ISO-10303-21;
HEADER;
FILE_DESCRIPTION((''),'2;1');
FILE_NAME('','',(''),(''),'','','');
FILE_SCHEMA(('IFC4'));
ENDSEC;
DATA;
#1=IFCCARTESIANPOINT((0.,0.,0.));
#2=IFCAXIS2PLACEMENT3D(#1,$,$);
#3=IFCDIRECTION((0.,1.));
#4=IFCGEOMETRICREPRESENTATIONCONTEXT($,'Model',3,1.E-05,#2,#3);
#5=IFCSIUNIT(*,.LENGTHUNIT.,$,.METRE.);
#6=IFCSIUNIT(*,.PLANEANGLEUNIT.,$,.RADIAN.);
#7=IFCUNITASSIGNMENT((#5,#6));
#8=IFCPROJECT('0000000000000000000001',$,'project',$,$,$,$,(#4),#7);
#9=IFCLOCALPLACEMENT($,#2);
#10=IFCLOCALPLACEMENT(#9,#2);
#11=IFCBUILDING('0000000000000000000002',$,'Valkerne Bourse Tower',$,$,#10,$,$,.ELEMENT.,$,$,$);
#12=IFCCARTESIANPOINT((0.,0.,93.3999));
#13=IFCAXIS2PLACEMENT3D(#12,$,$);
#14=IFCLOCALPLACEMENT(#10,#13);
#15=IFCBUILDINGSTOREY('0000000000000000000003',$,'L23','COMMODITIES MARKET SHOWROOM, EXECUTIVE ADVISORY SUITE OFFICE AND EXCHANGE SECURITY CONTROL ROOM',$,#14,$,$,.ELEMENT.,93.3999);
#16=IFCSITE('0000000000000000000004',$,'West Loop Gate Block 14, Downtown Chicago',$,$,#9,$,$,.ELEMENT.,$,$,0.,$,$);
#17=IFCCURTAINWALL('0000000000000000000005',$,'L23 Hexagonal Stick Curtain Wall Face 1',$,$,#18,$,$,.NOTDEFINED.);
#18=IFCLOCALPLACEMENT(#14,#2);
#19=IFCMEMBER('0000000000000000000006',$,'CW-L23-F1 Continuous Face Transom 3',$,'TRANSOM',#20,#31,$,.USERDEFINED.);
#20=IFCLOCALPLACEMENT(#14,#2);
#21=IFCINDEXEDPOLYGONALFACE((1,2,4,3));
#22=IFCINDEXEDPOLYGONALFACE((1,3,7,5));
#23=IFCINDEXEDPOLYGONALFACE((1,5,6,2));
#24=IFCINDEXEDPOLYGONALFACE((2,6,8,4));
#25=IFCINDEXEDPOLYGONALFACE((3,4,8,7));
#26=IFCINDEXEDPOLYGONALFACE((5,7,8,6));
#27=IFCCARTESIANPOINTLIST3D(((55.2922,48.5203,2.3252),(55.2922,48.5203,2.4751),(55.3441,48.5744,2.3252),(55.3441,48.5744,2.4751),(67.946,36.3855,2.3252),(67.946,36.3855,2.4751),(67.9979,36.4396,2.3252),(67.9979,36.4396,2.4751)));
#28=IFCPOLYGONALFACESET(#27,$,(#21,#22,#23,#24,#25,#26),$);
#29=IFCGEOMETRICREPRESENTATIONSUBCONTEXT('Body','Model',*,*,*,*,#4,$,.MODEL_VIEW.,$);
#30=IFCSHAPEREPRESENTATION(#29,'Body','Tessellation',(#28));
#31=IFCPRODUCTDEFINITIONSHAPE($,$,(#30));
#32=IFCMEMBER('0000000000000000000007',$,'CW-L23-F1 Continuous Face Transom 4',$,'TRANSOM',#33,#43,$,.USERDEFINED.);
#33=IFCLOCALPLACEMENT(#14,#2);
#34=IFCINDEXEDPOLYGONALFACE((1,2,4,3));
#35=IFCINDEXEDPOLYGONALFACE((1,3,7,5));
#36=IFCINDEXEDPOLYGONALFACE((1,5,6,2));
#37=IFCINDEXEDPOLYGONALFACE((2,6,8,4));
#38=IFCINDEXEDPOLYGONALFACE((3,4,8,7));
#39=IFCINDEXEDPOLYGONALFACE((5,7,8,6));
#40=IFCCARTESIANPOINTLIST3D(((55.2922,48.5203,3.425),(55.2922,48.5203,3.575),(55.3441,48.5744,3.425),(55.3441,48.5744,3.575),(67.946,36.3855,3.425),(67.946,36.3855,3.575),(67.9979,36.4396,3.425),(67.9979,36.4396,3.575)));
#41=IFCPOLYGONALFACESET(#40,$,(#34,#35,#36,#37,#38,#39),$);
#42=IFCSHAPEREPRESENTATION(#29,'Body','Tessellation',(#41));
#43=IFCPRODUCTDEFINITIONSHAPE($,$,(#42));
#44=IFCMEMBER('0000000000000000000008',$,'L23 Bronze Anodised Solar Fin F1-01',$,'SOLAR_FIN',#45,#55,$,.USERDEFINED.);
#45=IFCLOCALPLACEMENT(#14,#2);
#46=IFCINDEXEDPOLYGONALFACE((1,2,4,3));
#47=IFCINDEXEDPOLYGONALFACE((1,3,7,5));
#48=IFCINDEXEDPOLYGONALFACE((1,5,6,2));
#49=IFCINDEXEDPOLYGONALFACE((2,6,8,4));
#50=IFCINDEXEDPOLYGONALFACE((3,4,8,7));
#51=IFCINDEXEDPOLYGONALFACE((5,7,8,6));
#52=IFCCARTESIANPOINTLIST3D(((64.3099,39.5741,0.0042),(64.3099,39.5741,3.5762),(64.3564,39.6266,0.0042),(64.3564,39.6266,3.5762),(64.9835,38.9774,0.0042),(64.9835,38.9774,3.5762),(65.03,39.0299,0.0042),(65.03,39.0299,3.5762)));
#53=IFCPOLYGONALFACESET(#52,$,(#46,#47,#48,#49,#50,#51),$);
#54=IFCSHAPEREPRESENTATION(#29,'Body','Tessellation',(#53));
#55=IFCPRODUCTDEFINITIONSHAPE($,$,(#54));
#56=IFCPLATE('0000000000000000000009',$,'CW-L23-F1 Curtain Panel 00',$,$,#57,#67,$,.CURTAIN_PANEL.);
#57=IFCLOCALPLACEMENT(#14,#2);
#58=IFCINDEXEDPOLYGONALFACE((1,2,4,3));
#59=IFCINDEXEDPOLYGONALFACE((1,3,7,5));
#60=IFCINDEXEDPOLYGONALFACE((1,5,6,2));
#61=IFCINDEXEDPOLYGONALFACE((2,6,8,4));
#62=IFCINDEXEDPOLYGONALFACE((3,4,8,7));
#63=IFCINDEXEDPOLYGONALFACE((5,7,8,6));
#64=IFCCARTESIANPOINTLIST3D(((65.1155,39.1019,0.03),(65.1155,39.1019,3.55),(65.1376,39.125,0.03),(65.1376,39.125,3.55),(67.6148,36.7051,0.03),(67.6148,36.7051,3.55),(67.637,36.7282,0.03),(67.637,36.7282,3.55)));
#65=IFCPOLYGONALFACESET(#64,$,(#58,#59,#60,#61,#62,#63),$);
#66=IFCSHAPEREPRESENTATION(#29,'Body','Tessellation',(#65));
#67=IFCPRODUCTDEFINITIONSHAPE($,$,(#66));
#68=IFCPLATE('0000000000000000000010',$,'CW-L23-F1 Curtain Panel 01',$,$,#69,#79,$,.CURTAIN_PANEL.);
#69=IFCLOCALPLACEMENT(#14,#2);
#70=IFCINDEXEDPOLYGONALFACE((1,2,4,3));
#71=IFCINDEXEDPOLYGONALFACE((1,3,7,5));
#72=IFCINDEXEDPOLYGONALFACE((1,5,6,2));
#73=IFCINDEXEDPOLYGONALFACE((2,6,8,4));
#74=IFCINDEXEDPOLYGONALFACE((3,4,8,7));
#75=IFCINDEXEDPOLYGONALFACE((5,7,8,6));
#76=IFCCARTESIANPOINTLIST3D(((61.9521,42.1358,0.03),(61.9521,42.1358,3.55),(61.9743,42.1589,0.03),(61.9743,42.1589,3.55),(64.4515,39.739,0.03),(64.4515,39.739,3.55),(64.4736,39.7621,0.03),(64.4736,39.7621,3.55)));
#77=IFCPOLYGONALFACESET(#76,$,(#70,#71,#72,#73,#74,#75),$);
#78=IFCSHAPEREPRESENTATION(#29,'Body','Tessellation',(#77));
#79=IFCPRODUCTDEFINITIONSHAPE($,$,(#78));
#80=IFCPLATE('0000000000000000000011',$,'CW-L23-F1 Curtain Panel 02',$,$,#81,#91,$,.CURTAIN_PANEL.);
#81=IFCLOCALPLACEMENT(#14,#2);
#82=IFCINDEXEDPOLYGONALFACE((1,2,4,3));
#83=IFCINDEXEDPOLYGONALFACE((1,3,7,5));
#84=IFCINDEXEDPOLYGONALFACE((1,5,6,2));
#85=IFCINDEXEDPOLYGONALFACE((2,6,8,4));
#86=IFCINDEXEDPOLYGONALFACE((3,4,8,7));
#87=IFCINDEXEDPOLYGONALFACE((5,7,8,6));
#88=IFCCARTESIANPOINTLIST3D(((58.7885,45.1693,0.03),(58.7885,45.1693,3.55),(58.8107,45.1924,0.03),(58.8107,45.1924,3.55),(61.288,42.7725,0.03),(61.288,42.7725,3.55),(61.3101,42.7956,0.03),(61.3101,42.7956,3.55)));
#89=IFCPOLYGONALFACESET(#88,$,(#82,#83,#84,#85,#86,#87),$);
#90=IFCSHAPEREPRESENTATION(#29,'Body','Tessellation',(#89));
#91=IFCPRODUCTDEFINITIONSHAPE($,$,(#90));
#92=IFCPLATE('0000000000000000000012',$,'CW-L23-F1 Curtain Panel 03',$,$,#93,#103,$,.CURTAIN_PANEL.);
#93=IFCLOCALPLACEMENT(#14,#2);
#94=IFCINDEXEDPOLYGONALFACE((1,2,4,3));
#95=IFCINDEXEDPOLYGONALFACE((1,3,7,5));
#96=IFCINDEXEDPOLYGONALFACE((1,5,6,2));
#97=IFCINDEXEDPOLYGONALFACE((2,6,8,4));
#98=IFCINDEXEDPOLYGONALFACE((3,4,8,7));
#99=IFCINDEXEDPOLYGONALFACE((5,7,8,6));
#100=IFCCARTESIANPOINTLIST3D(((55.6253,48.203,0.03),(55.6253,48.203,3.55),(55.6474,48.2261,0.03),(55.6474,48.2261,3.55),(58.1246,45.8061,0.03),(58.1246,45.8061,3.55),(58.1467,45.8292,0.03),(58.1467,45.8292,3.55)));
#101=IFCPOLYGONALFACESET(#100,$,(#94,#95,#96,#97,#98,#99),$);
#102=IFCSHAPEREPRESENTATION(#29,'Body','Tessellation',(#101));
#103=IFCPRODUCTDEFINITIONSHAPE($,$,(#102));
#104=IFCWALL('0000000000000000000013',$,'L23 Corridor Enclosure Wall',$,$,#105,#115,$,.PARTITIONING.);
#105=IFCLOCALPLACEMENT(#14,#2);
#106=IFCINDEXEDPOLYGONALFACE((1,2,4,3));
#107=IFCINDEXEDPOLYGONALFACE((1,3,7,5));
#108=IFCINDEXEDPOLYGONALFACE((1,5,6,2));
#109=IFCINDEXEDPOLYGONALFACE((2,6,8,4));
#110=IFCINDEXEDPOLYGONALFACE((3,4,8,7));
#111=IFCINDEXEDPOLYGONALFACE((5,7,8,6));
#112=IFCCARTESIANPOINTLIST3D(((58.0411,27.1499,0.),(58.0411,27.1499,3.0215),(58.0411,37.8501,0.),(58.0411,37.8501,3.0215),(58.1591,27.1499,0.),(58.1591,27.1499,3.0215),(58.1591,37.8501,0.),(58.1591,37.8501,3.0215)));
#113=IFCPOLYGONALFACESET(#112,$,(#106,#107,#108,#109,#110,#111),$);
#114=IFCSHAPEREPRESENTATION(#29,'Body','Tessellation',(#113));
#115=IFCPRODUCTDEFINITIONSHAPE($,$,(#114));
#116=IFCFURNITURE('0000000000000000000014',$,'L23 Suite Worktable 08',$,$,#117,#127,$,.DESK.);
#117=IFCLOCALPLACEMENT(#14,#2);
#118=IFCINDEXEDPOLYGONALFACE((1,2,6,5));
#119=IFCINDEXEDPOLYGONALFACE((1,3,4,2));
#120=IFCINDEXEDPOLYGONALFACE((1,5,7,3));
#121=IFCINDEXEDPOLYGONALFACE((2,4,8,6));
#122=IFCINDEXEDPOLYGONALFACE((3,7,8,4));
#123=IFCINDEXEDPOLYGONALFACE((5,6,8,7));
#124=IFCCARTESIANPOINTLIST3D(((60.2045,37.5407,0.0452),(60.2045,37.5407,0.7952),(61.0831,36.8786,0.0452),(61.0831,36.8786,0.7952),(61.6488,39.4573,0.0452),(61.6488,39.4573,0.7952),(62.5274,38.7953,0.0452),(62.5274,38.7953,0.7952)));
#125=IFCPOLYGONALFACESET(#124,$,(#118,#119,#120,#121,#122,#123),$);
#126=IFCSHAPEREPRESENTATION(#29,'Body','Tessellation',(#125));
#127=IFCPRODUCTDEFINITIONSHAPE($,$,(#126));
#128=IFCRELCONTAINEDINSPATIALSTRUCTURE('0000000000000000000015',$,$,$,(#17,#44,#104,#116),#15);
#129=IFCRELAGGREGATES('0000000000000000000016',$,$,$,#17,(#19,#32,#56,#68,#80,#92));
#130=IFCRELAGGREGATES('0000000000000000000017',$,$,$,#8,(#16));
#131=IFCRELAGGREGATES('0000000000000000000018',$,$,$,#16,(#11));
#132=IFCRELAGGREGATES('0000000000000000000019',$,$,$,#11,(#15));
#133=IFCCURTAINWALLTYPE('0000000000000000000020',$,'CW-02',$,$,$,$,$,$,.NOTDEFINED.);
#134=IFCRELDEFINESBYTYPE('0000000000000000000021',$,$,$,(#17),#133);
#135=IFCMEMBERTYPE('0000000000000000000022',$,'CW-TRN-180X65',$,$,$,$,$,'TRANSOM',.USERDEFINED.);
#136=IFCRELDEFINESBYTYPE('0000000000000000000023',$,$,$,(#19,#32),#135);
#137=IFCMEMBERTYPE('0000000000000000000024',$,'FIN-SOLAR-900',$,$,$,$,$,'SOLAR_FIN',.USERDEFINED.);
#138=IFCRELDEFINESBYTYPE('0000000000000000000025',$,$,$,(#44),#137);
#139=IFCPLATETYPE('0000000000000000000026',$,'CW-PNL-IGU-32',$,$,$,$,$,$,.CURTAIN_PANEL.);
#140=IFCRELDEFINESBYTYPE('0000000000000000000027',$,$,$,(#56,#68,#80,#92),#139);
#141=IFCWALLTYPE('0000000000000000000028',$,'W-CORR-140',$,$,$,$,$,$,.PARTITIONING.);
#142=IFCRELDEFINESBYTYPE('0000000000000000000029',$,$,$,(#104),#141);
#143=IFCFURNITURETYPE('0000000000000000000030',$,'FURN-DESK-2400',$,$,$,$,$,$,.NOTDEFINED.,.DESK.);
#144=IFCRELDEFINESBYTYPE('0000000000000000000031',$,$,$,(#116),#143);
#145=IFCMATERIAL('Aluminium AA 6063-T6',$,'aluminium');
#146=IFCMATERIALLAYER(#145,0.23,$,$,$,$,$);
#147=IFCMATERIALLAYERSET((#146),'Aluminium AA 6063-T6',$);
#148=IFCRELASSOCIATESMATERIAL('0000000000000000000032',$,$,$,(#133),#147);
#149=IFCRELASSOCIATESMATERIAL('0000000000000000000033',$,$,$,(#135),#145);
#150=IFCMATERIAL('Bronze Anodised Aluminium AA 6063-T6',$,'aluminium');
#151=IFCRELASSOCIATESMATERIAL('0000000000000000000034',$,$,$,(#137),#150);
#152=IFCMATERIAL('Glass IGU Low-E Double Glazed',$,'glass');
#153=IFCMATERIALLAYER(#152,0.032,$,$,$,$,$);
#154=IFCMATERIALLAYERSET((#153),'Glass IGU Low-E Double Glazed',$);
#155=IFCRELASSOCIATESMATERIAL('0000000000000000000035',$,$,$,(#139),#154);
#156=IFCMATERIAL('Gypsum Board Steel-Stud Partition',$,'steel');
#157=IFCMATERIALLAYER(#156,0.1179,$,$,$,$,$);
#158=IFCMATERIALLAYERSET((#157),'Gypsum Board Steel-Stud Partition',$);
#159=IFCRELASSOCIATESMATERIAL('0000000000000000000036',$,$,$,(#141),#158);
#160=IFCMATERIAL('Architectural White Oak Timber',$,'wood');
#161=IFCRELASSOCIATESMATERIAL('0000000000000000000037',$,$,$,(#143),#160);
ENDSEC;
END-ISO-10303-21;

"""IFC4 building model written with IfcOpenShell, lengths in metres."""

from ifc_helpers import new_model, si_unit, direction, frame, frame_2d, origin, origin_2d, place, context, subcontext, project, spatial, rectangle, extrude, material, layer, layer_set, material_profile, profile_set, type_object, element, aggregate, save


model = new_model("IFC4")

# Units and contexts
model_context = context("Model", 3, precision=1e-05, world=origin(), true_north=direction((0.0, 1.0)))
body_context = subcontext(model_context, "Body", "Model", "MODEL_VIEW")
ifc_project = project(units=[si_unit("LENGTHUNIT", "METRE"), si_unit("PLANEANGLEUNIT", "RADIAN")], contexts=[model_context])

# Site, building, storey
site_placement = place(None, origin())
site = spatial("IfcSite", under=ifc_project, at=site_placement, Name="West Loop Gate Block 14, Downtown Chicago", CompositionType="ELEMENT", RefElevation=0.0)
building_placement = place(site_placement, origin())
building = spatial("IfcBuilding", under=site, at=building_placement, Name="Valkerne Bourse Tower", CompositionType="ELEMENT")
storey_placement = place(building_placement, frame((0.0, 0.0, 93.3999)))
storey = spatial("IfcBuildingStorey", under=building, at=storey_placement, Name="L23", Description="COMMODITIES MARKET SHOWROOM, EXECUTIVE ADVISORY SUITE OFFICE AND EXCHANGE SECURITY CONTROL ROOM", CompositionType="ELEMENT", Elevation=93.3999)

# Curtain wall, members
ifc_material_1 = material(Name="Aluminium AA 6063-T6", Category="aluminium")
ifc_layer_1 = layer(ifc_material_1, 0.23)
ifc_layer_set_1 = layer_set([ifc_layer_1], Name="Aluminium AA 6063-T6")
curtain_wall_type = type_object("IfcCurtainWallType", Name="CW-02", PredefinedType="NOTDEFINED", material=ifc_layer_set_1)
curtain_wall_placement = place(storey_placement, origin())
curtain_wall = element("IfcCurtainWall", 1, at=curtain_wall_placement, inside=storey, type_object=curtain_wall_type, Name="L23 Hexagonal Stick Curtain Wall Face 1", PredefinedType="NOTDEFINED")
ifc_material_profile_1 = material_profile(ifc_material_1, rectangle(XDim=0.075, YDim=0.1499, at=origin_2d()), Name="CWT-75X150")
ifc_profile_set_1 = profile_set([ifc_material_profile_1], Name="Aluminium AA 6063-T6")
member_type_1 = type_object("IfcMemberType", Name="CW-TRN-180X65", ElementType="TRANSOM", PredefinedType="USERDEFINED", material=ifc_profile_set_1)
member_1_placement = place(storey_placement, frame((67.9719, 36.4126, 2.4001), z_axis=(-0.721755, 0.692149, 0.0), x_axis=(-0.692149, -0.721755, 0.0)))
member_1 = element("IfcMember", 2, at=member_1_placement, type_object=member_type_1, Name="CW-L23-F1 Continuous Face Transom 3", ObjectType="TRANSOM", PredefinedType="USERDEFINED", context=body_context, shape_type="SweptSolid", body=[
    extrude(rectangle(XDim=0.075, YDim=0.1499, at=origin_2d()), origin(), (0.0, 0.0, 1.0), 17.532),
])
member_2_placement = place(storey_placement, frame((67.9719, 36.4126, 3.5), z_axis=(-0.721755, 0.692149, 0.0), x_axis=(-0.692149, -0.721755, 0.0)))
member_2 = element("IfcMember", 3, at=member_2_placement, type_object=member_type_1, Name="CW-L23-F1 Continuous Face Transom 4", ObjectType="TRANSOM", PredefinedType="USERDEFINED", context=body_context, shape_type="SweptSolid", body=[
    extrude(rectangle(XDim=0.075, YDim=0.1499, at=origin_2d()), origin(), (0.0, 0.0, 1.0), 17.532),
])

# Member
ifc_material_2 = material(Name="Bronze Anodised Aluminium AA 6063-T6", Category="aluminium")
ifc_material_profile_2 = material_profile(ifc_material_2, rectangle(XDim=0.0701, YDim=0.8999, at=origin_2d()), Name="FIN-70X900")
ifc_profile_set_2 = profile_set([ifc_material_profile_2], Name="Bronze Anodised Aluminium AA 6063-T6")
member_type_2 = type_object("IfcMemberType", Name="FIN-SOLAR-900", ElementType="SOLAR_FIN", PredefinedType="USERDEFINED", material=ifc_profile_set_2)
member_3_placement = place(storey_placement, frame((64.6699, 39.302, 0.0042), z_axis=(0.0, 0.0, 1.0), x_axis=(0.663112, 0.74852, 0.0)))
element("IfcMember", 4, at=member_3_placement, inside=storey, type_object=member_type_2, Name="L23 Bronze Anodised Solar Fin F1-01", ObjectType="SOLAR_FIN", PredefinedType="USERDEFINED", context=body_context, shape_type="SweptSolid", body=[
    extrude(rectangle(XDim=0.0701, YDim=0.8999, at=origin_2d()), origin(), (0.0, 0.0, 1.0), 3.572),
])

# Plates
ifc_material_3 = material(Name="Glass IGU Low-E Double Glazed", Category="glass")
ifc_layer_2 = layer(ifc_material_3, 0.032)
ifc_layer_set_2 = layer_set([ifc_layer_2], Name="Glass IGU Low-E Double Glazed")
plate_type = type_object("IfcPlateType", Name="CW-PNL-IGU-32", PredefinedType="CURTAIN_PANEL", material=ifc_layer_set_2)
plate_1_placement = place(storey_placement, frame((66.3762, 37.915, 0.03), z_axis=(0.0, 0.0, 1.0), x_axis=(-0.721759, 0.692145, 0.0)))
plate_1 = element("IfcPlate", 5, at=plate_1_placement, type_object=plate_type, Name="CW-L23-F1 Curtain Panel 00", PredefinedType="CURTAIN_PANEL", context=body_context, shape_type="SweptSolid", body=[
    extrude(rectangle(XDim=3.4629, YDim=0.032, at=origin_2d()), origin(), (0.0, 0.0, 1.0), 3.52),
])
plate_2_placement = place(storey_placement, frame((63.2129, 40.949, 0.03), z_axis=(0.0, 0.0, 1.0), x_axis=(-0.721759, 0.692145, 0.0)))
plate_2 = element("IfcPlate", 6, at=plate_2_placement, type_object=plate_type, Name="CW-L23-F1 Curtain Panel 01", PredefinedType="CURTAIN_PANEL", context=body_context, shape_type="SweptSolid", body=[
    extrude(rectangle(XDim=3.4629, YDim=0.032, at=origin_2d()), origin(), (0.0, 0.0, 1.0), 3.52),
])
plate_3_placement = place(storey_placement, frame((60.0493, 43.9824, 0.03), z_axis=(0.0, 0.0, 1.0), x_axis=(-0.72177, 0.692133, 0.0)))
plate_3 = element("IfcPlate", 7, at=plate_3_placement, type_object=plate_type, Name="CW-L23-F1 Curtain Panel 02", PredefinedType="CURTAIN_PANEL", context=body_context, shape_type="SweptSolid", body=[
    extrude(rectangle(XDim=3.4629, YDim=0.032, at=origin_2d()), origin(), (0.0, 0.0, 1.0), 3.52),
])
plate_4_placement = place(storey_placement, frame((56.886, 47.0161, 0.03), z_axis=(0.0, 0.0, 1.0), x_axis=(-0.721748, 0.692156, 0.0)))
plate_4 = element("IfcPlate", 8, at=plate_4_placement, type_object=plate_type, Name="CW-L23-F1 Curtain Panel 03", PredefinedType="CURTAIN_PANEL", context=body_context, shape_type="SweptSolid", body=[
    extrude(rectangle(XDim=3.4629, YDim=0.032, at=origin_2d()), origin(), (0.0, 0.0, 1.0), 3.52),
])
aggregate(curtain_wall, [member_1, member_2, plate_1, plate_2, plate_3, plate_4])

# Wall
ifc_material_4 = material(Name="Gypsum Board Steel-Stud Partition", Category="steel")
ifc_layer_3 = layer(ifc_material_4, 0.1179)
ifc_layer_set_3 = layer_set([ifc_layer_3], Name="Gypsum Board Steel-Stud Partition")
wall_type = type_object("IfcWallType", Name="W-CORR-140", PredefinedType="PARTITIONING", material=ifc_layer_set_3)
wall_placement = place(storey_placement, frame((58.1001, 37.8501, 0.0), z_axis=(0.0, 0.0, 1.0), x_axis=(0.0, -1.0, 0.0)))
element("IfcWall", 9, at=wall_placement, inside=storey, type_object=wall_type, Name="L23 Corridor Enclosure Wall", PredefinedType="PARTITIONING", context=body_context, shape_type="SweptSolid", body=[
    extrude(rectangle(XDim=10.7002, YDim=0.1179, at=frame_2d((5.3501, 0.0))), origin(), (0.0, 0.0, 1.0), 3.0215),
])

# Furniture
ifc_material_5 = material(Name="Architectural White Oak Timber", Category="wood")
furniture_type = type_object("IfcFurnitureType", Name="FURN-DESK-2400", AssemblyPlace="NOTDEFINED", PredefinedType="DESK", material=ifc_material_5)
furniture_placement = place(storey_placement, frame((61.366, 38.168, 0.0452), z_axis=(0.0, 0.0, 1.0), x_axis=(0.601815, 0.798636, 0.0)))
element("IfcFurniture", 10, at=furniture_placement, inside=storey, type_object=furniture_type, Name="L23 Suite Worktable 08", PredefinedType="DESK", context=body_context, shape_type="SweptSolid", body=[
    extrude(rectangle(XDim=2.3999, YDim=1.1001, at=origin_2d()), origin(), (0.0, 0.0, 1.0), 0.75),
])

save(model, "model.ifc")
